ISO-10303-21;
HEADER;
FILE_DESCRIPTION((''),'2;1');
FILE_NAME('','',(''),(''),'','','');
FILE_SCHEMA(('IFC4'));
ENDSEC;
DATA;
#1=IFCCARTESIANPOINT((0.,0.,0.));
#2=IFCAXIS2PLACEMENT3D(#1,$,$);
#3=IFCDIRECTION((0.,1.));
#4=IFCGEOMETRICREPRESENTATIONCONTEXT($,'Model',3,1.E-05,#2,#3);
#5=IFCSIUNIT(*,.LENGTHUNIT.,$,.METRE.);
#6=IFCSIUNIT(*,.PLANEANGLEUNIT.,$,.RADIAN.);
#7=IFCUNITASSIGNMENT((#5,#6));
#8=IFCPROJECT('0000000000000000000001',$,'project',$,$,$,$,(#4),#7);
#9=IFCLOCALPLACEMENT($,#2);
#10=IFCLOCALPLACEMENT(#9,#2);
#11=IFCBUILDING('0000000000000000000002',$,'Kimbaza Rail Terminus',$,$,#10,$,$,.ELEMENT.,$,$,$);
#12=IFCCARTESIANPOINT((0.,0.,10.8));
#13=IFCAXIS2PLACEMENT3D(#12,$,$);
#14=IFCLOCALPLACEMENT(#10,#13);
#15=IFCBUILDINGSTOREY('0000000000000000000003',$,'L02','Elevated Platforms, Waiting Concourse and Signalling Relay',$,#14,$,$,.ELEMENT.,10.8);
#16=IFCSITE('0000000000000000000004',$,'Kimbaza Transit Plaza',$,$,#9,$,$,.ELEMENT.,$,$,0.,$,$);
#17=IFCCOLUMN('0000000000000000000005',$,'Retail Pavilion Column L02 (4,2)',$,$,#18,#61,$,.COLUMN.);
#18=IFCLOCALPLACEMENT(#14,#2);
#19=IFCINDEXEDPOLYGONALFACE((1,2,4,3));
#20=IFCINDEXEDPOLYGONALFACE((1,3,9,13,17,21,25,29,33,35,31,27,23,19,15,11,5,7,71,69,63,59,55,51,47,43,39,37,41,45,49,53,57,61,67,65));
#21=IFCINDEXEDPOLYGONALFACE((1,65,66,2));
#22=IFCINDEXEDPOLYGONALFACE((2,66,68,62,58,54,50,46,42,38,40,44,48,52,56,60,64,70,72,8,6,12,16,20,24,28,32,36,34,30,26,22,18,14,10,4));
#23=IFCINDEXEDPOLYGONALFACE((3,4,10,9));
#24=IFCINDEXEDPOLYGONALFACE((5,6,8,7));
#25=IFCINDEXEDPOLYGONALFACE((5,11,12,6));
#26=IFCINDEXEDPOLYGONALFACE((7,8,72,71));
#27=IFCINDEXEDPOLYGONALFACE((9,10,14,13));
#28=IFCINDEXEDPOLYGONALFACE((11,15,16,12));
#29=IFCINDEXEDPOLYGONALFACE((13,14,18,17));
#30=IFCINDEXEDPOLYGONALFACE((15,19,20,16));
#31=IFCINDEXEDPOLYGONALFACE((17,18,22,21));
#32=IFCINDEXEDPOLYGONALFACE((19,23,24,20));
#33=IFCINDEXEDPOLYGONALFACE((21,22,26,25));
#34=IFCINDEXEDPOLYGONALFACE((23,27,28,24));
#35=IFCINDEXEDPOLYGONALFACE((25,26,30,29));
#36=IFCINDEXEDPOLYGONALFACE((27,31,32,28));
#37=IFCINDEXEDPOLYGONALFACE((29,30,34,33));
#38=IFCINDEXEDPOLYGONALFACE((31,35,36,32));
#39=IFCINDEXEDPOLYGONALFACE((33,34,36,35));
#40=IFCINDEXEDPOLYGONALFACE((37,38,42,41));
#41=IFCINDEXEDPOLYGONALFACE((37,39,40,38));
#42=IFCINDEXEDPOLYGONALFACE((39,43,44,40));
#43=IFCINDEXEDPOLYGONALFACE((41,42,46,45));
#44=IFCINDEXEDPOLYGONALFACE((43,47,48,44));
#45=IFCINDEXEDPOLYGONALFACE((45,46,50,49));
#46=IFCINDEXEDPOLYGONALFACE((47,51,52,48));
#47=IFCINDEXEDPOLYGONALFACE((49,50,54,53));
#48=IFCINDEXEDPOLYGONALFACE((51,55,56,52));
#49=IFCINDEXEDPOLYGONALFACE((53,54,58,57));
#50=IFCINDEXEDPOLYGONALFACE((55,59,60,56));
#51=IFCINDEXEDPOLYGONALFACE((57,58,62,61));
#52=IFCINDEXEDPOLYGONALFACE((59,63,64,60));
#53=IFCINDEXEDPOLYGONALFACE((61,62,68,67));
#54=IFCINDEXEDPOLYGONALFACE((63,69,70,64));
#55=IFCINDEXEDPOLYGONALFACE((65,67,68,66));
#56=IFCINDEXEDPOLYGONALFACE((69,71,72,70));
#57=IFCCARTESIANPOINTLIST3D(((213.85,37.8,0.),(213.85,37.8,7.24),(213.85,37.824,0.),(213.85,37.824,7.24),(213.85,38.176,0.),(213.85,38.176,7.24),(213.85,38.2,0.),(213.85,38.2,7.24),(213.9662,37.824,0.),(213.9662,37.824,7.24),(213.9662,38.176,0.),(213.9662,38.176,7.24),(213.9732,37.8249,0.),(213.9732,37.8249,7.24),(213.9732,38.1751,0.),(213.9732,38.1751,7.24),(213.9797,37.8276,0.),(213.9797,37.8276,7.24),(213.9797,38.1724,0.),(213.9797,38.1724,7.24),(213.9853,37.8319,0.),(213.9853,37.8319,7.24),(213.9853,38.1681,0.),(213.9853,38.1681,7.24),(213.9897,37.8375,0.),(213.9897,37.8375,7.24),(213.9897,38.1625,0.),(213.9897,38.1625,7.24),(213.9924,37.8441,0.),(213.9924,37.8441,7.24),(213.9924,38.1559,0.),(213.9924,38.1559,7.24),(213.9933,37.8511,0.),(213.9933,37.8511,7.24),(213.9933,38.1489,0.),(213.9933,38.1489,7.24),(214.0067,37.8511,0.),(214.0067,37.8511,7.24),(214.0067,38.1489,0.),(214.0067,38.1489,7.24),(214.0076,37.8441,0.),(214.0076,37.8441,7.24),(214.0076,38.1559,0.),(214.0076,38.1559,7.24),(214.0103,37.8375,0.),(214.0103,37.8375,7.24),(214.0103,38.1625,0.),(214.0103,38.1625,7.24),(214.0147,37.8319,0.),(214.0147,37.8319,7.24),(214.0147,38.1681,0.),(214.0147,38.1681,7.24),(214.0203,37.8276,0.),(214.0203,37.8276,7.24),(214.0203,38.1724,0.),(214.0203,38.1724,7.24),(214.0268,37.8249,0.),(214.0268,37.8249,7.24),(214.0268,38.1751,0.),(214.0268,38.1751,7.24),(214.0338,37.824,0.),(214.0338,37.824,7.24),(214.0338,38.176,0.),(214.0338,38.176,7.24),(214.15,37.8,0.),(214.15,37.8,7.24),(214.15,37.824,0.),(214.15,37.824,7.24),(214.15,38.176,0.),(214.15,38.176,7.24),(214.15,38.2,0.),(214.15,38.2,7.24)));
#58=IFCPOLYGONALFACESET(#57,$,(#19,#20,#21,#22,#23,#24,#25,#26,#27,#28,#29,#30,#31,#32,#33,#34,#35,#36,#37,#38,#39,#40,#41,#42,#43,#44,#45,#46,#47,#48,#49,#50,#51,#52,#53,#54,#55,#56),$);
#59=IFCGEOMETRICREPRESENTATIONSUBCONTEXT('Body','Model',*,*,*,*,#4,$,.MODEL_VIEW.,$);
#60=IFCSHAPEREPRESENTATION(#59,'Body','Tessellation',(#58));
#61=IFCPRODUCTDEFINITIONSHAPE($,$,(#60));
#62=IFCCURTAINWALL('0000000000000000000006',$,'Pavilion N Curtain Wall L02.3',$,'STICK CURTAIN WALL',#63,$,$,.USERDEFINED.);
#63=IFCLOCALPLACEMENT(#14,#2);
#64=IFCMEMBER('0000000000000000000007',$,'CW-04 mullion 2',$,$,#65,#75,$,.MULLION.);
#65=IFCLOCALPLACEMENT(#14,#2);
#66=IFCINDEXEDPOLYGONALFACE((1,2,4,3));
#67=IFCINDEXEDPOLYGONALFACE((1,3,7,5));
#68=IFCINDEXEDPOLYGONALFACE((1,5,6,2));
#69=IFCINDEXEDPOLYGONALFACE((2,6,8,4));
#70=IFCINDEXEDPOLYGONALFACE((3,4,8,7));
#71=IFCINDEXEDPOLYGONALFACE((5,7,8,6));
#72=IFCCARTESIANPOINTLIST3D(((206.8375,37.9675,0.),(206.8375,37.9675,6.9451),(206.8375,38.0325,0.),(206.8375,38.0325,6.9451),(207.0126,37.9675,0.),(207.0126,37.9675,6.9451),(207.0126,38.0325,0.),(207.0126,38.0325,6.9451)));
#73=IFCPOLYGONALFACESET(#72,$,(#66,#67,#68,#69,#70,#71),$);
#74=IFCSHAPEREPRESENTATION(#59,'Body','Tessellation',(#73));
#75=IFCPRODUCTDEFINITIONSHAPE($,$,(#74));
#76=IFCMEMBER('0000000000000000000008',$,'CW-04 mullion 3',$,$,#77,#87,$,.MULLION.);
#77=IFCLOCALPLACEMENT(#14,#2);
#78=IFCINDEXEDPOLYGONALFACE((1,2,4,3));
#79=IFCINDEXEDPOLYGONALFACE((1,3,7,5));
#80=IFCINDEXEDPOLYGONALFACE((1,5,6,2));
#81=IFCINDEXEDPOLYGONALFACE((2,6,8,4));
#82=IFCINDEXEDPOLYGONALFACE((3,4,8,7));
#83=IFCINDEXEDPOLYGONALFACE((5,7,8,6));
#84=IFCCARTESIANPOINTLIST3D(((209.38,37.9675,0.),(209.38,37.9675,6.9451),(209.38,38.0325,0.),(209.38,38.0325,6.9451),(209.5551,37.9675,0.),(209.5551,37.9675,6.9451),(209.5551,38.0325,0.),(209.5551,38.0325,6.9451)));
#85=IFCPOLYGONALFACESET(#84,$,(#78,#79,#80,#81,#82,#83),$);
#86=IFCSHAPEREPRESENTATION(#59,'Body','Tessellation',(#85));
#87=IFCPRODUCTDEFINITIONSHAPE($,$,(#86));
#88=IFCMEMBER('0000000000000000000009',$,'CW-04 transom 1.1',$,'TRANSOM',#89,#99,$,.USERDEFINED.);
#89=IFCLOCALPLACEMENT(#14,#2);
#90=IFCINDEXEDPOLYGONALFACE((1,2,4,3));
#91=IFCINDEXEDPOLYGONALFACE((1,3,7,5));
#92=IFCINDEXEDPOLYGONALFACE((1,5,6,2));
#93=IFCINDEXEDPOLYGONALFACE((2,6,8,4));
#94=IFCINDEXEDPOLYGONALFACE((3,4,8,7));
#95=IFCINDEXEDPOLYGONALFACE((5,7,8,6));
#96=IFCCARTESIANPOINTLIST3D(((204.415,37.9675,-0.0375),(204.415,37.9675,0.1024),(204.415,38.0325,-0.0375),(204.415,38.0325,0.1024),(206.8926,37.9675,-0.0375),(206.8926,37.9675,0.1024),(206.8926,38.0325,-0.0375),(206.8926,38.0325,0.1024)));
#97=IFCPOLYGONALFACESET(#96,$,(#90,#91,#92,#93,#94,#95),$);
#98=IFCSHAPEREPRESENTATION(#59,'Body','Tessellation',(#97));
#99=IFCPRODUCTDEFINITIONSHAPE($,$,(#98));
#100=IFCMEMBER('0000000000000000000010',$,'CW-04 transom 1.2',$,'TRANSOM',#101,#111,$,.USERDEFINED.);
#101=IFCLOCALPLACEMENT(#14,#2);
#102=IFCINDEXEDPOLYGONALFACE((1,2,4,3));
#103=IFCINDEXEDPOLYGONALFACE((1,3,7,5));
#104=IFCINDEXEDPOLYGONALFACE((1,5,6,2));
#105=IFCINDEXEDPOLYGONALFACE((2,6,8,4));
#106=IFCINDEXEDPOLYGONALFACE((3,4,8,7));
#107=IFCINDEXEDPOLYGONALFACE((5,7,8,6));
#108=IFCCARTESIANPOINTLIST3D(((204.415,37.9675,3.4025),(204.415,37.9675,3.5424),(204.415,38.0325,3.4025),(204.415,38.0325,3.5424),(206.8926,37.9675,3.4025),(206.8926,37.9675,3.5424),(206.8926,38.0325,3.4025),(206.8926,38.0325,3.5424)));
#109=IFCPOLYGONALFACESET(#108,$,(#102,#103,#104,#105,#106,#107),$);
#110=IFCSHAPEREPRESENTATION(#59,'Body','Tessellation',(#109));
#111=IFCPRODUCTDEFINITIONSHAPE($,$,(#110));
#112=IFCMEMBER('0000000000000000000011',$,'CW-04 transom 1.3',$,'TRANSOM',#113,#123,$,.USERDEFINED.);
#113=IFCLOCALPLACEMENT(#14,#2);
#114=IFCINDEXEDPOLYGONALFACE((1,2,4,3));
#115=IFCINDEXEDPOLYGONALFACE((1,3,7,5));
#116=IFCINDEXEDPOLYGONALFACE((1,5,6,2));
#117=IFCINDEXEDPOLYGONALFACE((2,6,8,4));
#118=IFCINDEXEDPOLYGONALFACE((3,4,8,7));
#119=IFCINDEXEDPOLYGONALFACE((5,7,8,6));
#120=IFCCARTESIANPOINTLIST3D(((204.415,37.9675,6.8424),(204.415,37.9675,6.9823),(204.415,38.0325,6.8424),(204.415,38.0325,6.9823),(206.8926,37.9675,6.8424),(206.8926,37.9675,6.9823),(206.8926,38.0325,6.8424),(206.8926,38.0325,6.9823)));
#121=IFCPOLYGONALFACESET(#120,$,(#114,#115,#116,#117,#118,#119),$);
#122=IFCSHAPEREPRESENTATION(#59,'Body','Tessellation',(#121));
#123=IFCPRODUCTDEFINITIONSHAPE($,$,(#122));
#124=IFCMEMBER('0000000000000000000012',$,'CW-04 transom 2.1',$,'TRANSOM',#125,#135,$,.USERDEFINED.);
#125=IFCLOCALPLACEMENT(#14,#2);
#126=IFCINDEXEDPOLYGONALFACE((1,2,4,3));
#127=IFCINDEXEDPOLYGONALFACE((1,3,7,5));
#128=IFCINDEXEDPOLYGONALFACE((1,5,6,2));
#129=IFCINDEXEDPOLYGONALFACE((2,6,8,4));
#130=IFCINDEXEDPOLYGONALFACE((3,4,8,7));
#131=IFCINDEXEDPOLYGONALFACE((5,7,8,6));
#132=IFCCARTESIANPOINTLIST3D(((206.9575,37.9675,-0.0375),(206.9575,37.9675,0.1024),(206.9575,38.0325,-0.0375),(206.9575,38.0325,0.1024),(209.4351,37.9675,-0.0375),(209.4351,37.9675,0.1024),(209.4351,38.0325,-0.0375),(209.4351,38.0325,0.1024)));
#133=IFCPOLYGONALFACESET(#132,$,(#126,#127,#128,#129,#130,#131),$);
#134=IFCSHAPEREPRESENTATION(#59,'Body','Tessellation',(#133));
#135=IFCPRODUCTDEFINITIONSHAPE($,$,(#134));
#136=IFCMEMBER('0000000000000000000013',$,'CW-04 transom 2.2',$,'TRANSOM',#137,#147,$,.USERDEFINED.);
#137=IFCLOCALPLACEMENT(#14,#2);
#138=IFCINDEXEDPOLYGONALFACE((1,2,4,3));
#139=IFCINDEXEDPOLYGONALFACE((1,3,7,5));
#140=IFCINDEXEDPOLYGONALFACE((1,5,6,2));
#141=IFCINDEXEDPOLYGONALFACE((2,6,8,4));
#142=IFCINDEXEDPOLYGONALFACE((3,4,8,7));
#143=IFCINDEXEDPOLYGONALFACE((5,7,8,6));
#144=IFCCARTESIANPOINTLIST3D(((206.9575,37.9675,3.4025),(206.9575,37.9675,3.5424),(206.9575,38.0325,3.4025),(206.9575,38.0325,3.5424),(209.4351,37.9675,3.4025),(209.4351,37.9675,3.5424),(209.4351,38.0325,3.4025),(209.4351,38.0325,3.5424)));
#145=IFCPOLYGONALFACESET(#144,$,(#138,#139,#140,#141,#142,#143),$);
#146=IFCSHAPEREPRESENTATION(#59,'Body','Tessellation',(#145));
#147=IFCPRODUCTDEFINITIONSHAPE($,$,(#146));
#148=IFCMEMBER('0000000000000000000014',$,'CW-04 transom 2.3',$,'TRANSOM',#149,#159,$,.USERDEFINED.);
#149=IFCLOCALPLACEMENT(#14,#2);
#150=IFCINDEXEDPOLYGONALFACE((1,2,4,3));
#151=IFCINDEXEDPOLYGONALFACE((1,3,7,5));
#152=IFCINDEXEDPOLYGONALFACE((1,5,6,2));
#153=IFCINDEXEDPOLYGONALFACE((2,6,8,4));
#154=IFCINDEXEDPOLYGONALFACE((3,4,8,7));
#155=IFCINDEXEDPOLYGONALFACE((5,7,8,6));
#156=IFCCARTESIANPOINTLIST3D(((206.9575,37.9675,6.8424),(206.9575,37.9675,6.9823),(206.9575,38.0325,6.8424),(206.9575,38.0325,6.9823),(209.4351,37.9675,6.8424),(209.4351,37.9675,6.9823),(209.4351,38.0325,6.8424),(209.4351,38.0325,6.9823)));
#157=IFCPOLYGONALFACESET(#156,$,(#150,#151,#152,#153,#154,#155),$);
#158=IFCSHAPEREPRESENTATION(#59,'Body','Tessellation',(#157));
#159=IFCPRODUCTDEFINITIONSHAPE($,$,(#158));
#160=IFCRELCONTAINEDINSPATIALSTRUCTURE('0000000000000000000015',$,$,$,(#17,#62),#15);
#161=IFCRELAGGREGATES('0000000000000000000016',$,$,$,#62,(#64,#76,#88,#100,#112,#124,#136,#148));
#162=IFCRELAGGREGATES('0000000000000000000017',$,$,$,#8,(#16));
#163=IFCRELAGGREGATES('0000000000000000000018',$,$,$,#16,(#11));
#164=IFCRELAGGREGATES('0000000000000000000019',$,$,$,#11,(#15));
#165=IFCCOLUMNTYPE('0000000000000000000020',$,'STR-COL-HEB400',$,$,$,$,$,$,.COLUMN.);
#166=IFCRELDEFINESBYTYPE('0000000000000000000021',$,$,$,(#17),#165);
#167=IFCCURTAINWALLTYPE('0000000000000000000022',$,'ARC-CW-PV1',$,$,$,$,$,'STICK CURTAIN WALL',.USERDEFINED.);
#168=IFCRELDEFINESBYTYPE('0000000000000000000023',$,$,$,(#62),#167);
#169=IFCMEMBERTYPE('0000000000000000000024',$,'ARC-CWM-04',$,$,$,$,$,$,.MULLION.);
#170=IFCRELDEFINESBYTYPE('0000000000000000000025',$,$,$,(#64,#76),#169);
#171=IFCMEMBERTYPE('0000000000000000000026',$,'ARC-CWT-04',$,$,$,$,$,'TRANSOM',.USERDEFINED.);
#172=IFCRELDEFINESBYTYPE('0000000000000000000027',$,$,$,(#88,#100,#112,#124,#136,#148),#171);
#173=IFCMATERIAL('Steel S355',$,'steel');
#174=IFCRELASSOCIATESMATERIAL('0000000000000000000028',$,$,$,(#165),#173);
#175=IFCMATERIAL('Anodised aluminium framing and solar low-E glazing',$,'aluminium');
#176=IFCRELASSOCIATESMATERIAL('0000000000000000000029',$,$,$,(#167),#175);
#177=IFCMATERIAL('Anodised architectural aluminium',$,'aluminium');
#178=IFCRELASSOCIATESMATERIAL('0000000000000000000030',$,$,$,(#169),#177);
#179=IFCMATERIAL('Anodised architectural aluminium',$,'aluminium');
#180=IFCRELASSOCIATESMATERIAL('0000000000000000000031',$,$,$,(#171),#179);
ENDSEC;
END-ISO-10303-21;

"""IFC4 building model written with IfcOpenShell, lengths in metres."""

from ifc_helpers import new_model, si_unit, direction, frame, origin, origin_2d, place, context, subcontext, project, spatial, rectangle, i_section, extrude, material, material_profile, profile_set, type_object, element, aggregate, save


model = new_model("IFC4")

# Units and contexts
model_context = context("Model", 3, precision=1e-05, world=origin(), true_north=direction((0.0, 1.0)))
body_context = subcontext(model_context, "Body", "Model", "MODEL_VIEW")
ifc_project = project(units=[si_unit("LENGTHUNIT", "METRE"), si_unit("PLANEANGLEUNIT", "RADIAN")], contexts=[model_context])

# Site, building, storey
site_placement = place(None, origin())
site = spatial("IfcSite", under=ifc_project, at=site_placement, Name="Kimbaza Transit Plaza", CompositionType="ELEMENT", RefElevation=0.0)
building_placement = place(site_placement, origin())
building = spatial("IfcBuilding", under=site, at=building_placement, Name="Kimbaza Rail Terminus", CompositionType="ELEMENT")
storey_placement = place(building_placement, frame((0.0, 0.0, 10.8)))
storey = spatial("IfcBuildingStorey", under=building, at=storey_placement, Name="L02", Description="Elevated Platforms, Waiting Concourse and Signalling Relay", CompositionType="ELEMENT", Elevation=10.8)

# Column
ifc_material_1 = material(Name="Steel S355", Category="steel")
ifc_material_profile_1 = material_profile(ifc_material_1, i_section(OverallWidth=0.3, OverallDepth=0.3999, WebThickness=0.0134, FlangeThickness=0.0239, FilletRadius=0.0271, at=origin_2d()), Name="HEB 400")
ifc_profile_set_1 = profile_set([ifc_material_profile_1], Name="Steel S355")
column_type = type_object("IfcColumnType", Name="STR-COL-HEB400", PredefinedType="COLUMN", material=ifc_profile_set_1)
column_placement = place(storey_placement, frame((214.0, 38.0, 0.0), z_axis=(0.0, 0.0, 1.0), x_axis=(1.0, 0.0, 0.0)))
element("IfcColumn", 1, at=column_placement, inside=storey, type_object=column_type, Name="Retail Pavilion Column L02 (4,2)", PredefinedType="COLUMN", context=body_context, shape_type="SweptSolid", body=[
    extrude(i_section(OverallWidth=0.3, OverallDepth=0.3999, WebThickness=0.0134, FlangeThickness=0.0239, FilletRadius=0.0271, at=origin_2d()), origin(), (0.0, 0.0, 1.0), 7.24),
])

# Curtain wall, members
ifc_material_2 = material(Name="Anodised aluminium framing and solar low-E glazing", Category="aluminium")
curtain_wall_type = type_object("IfcCurtainWallType", Name="ARC-CW-PV1", ElementType="STICK CURTAIN WALL", PredefinedType="USERDEFINED", material=ifc_material_2)
curtain_wall_placement = place(storey_placement, origin())
curtain_wall = element("IfcCurtainWall", 2, at=curtain_wall_placement, inside=storey, type_object=curtain_wall_type, Name="Pavilion N Curtain Wall L02.3", ObjectType="STICK CURTAIN WALL", PredefinedType="USERDEFINED")
ifc_material_3 = material(Name="Anodised architectural aluminium", Category="aluminium")
ifc_material_profile_2 = material_profile(ifc_material_3, rectangle(XDim=0.0649, YDim=0.175, at=origin_2d()), Name="MULLION 65x175")
ifc_profile_set_2 = profile_set([ifc_material_profile_2], Name="Anodised architectural aluminium")
member_type_1 = type_object("IfcMemberType", Name="ARC-CWM-04", PredefinedType="MULLION", material=ifc_profile_set_2)
member_1_placement = place(storey_placement, frame((206.925, 38.0, 0.0), z_axis=(0.0, 0.0, 1.0), x_axis=(0.0, 1.0, 0.0)))
member_1 = element("IfcMember", 3, at=member_1_placement, type_object=member_type_1, Name="CW-04 mullion 2", PredefinedType="MULLION", context=body_context, shape_type="SweptSolid", body=[
    extrude(rectangle(XDim=0.0649, YDim=0.175, at=origin_2d()), origin(), (0.0, 0.0, 1.0), 6.9451),
])
member_2_placement = place(storey_placement, frame((209.4675, 38.0, 0.0), z_axis=(0.0, 0.0, 1.0), x_axis=(0.0, 1.0, 0.0)))
member_2 = element("IfcMember", 4, at=member_2_placement, type_object=member_type_1, Name="CW-04 mullion 3", PredefinedType="MULLION", context=body_context, shape_type="SweptSolid", body=[
    extrude(rectangle(XDim=0.0649, YDim=0.175, at=origin_2d()), origin(), (0.0, 0.0, 1.0), 6.9451),
])
ifc_material_4 = material(Name="Anodised architectural aluminium", Category="aluminium")
ifc_material_profile_3 = material_profile(ifc_material_4, rectangle(XDim=0.0649, YDim=0.1399, at=origin_2d()), Name="TRANSOM 65x140")
ifc_profile_set_3 = profile_set([ifc_material_profile_3], Name="Anodised architectural aluminium")
member_type_2 = type_object("IfcMemberType", Name="ARC-CWT-04", ElementType="TRANSOM", PredefinedType="USERDEFINED", material=ifc_profile_set_3)
member_3_placement = place(storey_placement, frame((204.415, 38.0, 0.0325), z_axis=(1.0, 0.0, 0.0), x_axis=(0.0, 1.0, 0.0)))
member_3 = element("IfcMember", 5, at=member_3_placement, type_object=member_type_2, Name="CW-04 transom 1.1", ObjectType="TRANSOM", PredefinedType="USERDEFINED", context=body_context, shape_type="SweptSolid", body=[
    extrude(rectangle(XDim=0.0649, YDim=0.1399, at=origin_2d()), origin(), (0.0, 0.0, 1.0), 2.4775),
])
member_4_placement = place(storey_placement, frame((204.415, 38.0, 3.4724), z_axis=(1.0, 0.0, 0.0), x_axis=(0.0, 1.0, 0.0)))
member_4 = element("IfcMember", 6, at=member_4_placement, type_object=member_type_2, Name="CW-04 transom 1.2", ObjectType="TRANSOM", PredefinedType="USERDEFINED", context=body_context, shape_type="SweptSolid", body=[
    extrude(rectangle(XDim=0.0649, YDim=0.1399, at=origin_2d()), origin(), (0.0, 0.0, 1.0), 2.4775),
])
member_5_placement = place(storey_placement, frame((204.415, 38.0, 6.9124), z_axis=(1.0, 0.0, 0.0), x_axis=(0.0, 1.0, 0.0)))
member_5 = element("IfcMember", 7, at=member_5_placement, type_object=member_type_2, Name="CW-04 transom 1.3", ObjectType="TRANSOM", PredefinedType="USERDEFINED", context=body_context, shape_type="SweptSolid", body=[
    extrude(rectangle(XDim=0.0649, YDim=0.1399, at=origin_2d()), origin(), (0.0, 0.0, 1.0), 2.4775),
])
member_6_placement = place(storey_placement, frame((206.9575, 38.0, 0.0325), z_axis=(1.0, 0.0, 0.0), x_axis=(0.0, 1.0, 0.0)))
member_6 = element("IfcMember", 8, at=member_6_placement, type_object=member_type_2, Name="CW-04 transom 2.1", ObjectType="TRANSOM", PredefinedType="USERDEFINED", context=body_context, shape_type="SweptSolid", body=[
    extrude(rectangle(XDim=0.0649, YDim=0.1399, at=origin_2d()), origin(), (0.0, 0.0, 1.0), 2.4775),
])
member_7_placement = place(storey_placement, frame((206.9575, 38.0, 3.4724), z_axis=(1.0, 0.0, 0.0), x_axis=(0.0, 1.0, 0.0)))
member_7 = element("IfcMember", 9, at=member_7_placement, type_object=member_type_2, Name="CW-04 transom 2.2", ObjectType="TRANSOM", PredefinedType="USERDEFINED", context=body_context, shape_type="SweptSolid", body=[
    extrude(rectangle(XDim=0.0649, YDim=0.1399, at=origin_2d()), origin(), (0.0, 0.0, 1.0), 2.4775),
])
member_8_placement = place(storey_placement, frame((206.9575, 38.0, 6.9124), z_axis=(1.0, 0.0, 0.0), x_axis=(0.0, 1.0, 0.0)))
member_8 = element("IfcMember", 10, at=member_8_placement, type_object=member_type_2, Name="CW-04 transom 2.3", ObjectType="TRANSOM", PredefinedType="USERDEFINED", context=body_context, shape_type="SweptSolid", body=[
    extrude(rectangle(XDim=0.0649, YDim=0.1399, at=origin_2d()), origin(), (0.0, 0.0, 1.0), 2.4775),
])

aggregate(curtain_wall, [member_1, member_2, member_3, member_4, member_5, member_6, member_7, member_8])

save(model, "model.ifc")
